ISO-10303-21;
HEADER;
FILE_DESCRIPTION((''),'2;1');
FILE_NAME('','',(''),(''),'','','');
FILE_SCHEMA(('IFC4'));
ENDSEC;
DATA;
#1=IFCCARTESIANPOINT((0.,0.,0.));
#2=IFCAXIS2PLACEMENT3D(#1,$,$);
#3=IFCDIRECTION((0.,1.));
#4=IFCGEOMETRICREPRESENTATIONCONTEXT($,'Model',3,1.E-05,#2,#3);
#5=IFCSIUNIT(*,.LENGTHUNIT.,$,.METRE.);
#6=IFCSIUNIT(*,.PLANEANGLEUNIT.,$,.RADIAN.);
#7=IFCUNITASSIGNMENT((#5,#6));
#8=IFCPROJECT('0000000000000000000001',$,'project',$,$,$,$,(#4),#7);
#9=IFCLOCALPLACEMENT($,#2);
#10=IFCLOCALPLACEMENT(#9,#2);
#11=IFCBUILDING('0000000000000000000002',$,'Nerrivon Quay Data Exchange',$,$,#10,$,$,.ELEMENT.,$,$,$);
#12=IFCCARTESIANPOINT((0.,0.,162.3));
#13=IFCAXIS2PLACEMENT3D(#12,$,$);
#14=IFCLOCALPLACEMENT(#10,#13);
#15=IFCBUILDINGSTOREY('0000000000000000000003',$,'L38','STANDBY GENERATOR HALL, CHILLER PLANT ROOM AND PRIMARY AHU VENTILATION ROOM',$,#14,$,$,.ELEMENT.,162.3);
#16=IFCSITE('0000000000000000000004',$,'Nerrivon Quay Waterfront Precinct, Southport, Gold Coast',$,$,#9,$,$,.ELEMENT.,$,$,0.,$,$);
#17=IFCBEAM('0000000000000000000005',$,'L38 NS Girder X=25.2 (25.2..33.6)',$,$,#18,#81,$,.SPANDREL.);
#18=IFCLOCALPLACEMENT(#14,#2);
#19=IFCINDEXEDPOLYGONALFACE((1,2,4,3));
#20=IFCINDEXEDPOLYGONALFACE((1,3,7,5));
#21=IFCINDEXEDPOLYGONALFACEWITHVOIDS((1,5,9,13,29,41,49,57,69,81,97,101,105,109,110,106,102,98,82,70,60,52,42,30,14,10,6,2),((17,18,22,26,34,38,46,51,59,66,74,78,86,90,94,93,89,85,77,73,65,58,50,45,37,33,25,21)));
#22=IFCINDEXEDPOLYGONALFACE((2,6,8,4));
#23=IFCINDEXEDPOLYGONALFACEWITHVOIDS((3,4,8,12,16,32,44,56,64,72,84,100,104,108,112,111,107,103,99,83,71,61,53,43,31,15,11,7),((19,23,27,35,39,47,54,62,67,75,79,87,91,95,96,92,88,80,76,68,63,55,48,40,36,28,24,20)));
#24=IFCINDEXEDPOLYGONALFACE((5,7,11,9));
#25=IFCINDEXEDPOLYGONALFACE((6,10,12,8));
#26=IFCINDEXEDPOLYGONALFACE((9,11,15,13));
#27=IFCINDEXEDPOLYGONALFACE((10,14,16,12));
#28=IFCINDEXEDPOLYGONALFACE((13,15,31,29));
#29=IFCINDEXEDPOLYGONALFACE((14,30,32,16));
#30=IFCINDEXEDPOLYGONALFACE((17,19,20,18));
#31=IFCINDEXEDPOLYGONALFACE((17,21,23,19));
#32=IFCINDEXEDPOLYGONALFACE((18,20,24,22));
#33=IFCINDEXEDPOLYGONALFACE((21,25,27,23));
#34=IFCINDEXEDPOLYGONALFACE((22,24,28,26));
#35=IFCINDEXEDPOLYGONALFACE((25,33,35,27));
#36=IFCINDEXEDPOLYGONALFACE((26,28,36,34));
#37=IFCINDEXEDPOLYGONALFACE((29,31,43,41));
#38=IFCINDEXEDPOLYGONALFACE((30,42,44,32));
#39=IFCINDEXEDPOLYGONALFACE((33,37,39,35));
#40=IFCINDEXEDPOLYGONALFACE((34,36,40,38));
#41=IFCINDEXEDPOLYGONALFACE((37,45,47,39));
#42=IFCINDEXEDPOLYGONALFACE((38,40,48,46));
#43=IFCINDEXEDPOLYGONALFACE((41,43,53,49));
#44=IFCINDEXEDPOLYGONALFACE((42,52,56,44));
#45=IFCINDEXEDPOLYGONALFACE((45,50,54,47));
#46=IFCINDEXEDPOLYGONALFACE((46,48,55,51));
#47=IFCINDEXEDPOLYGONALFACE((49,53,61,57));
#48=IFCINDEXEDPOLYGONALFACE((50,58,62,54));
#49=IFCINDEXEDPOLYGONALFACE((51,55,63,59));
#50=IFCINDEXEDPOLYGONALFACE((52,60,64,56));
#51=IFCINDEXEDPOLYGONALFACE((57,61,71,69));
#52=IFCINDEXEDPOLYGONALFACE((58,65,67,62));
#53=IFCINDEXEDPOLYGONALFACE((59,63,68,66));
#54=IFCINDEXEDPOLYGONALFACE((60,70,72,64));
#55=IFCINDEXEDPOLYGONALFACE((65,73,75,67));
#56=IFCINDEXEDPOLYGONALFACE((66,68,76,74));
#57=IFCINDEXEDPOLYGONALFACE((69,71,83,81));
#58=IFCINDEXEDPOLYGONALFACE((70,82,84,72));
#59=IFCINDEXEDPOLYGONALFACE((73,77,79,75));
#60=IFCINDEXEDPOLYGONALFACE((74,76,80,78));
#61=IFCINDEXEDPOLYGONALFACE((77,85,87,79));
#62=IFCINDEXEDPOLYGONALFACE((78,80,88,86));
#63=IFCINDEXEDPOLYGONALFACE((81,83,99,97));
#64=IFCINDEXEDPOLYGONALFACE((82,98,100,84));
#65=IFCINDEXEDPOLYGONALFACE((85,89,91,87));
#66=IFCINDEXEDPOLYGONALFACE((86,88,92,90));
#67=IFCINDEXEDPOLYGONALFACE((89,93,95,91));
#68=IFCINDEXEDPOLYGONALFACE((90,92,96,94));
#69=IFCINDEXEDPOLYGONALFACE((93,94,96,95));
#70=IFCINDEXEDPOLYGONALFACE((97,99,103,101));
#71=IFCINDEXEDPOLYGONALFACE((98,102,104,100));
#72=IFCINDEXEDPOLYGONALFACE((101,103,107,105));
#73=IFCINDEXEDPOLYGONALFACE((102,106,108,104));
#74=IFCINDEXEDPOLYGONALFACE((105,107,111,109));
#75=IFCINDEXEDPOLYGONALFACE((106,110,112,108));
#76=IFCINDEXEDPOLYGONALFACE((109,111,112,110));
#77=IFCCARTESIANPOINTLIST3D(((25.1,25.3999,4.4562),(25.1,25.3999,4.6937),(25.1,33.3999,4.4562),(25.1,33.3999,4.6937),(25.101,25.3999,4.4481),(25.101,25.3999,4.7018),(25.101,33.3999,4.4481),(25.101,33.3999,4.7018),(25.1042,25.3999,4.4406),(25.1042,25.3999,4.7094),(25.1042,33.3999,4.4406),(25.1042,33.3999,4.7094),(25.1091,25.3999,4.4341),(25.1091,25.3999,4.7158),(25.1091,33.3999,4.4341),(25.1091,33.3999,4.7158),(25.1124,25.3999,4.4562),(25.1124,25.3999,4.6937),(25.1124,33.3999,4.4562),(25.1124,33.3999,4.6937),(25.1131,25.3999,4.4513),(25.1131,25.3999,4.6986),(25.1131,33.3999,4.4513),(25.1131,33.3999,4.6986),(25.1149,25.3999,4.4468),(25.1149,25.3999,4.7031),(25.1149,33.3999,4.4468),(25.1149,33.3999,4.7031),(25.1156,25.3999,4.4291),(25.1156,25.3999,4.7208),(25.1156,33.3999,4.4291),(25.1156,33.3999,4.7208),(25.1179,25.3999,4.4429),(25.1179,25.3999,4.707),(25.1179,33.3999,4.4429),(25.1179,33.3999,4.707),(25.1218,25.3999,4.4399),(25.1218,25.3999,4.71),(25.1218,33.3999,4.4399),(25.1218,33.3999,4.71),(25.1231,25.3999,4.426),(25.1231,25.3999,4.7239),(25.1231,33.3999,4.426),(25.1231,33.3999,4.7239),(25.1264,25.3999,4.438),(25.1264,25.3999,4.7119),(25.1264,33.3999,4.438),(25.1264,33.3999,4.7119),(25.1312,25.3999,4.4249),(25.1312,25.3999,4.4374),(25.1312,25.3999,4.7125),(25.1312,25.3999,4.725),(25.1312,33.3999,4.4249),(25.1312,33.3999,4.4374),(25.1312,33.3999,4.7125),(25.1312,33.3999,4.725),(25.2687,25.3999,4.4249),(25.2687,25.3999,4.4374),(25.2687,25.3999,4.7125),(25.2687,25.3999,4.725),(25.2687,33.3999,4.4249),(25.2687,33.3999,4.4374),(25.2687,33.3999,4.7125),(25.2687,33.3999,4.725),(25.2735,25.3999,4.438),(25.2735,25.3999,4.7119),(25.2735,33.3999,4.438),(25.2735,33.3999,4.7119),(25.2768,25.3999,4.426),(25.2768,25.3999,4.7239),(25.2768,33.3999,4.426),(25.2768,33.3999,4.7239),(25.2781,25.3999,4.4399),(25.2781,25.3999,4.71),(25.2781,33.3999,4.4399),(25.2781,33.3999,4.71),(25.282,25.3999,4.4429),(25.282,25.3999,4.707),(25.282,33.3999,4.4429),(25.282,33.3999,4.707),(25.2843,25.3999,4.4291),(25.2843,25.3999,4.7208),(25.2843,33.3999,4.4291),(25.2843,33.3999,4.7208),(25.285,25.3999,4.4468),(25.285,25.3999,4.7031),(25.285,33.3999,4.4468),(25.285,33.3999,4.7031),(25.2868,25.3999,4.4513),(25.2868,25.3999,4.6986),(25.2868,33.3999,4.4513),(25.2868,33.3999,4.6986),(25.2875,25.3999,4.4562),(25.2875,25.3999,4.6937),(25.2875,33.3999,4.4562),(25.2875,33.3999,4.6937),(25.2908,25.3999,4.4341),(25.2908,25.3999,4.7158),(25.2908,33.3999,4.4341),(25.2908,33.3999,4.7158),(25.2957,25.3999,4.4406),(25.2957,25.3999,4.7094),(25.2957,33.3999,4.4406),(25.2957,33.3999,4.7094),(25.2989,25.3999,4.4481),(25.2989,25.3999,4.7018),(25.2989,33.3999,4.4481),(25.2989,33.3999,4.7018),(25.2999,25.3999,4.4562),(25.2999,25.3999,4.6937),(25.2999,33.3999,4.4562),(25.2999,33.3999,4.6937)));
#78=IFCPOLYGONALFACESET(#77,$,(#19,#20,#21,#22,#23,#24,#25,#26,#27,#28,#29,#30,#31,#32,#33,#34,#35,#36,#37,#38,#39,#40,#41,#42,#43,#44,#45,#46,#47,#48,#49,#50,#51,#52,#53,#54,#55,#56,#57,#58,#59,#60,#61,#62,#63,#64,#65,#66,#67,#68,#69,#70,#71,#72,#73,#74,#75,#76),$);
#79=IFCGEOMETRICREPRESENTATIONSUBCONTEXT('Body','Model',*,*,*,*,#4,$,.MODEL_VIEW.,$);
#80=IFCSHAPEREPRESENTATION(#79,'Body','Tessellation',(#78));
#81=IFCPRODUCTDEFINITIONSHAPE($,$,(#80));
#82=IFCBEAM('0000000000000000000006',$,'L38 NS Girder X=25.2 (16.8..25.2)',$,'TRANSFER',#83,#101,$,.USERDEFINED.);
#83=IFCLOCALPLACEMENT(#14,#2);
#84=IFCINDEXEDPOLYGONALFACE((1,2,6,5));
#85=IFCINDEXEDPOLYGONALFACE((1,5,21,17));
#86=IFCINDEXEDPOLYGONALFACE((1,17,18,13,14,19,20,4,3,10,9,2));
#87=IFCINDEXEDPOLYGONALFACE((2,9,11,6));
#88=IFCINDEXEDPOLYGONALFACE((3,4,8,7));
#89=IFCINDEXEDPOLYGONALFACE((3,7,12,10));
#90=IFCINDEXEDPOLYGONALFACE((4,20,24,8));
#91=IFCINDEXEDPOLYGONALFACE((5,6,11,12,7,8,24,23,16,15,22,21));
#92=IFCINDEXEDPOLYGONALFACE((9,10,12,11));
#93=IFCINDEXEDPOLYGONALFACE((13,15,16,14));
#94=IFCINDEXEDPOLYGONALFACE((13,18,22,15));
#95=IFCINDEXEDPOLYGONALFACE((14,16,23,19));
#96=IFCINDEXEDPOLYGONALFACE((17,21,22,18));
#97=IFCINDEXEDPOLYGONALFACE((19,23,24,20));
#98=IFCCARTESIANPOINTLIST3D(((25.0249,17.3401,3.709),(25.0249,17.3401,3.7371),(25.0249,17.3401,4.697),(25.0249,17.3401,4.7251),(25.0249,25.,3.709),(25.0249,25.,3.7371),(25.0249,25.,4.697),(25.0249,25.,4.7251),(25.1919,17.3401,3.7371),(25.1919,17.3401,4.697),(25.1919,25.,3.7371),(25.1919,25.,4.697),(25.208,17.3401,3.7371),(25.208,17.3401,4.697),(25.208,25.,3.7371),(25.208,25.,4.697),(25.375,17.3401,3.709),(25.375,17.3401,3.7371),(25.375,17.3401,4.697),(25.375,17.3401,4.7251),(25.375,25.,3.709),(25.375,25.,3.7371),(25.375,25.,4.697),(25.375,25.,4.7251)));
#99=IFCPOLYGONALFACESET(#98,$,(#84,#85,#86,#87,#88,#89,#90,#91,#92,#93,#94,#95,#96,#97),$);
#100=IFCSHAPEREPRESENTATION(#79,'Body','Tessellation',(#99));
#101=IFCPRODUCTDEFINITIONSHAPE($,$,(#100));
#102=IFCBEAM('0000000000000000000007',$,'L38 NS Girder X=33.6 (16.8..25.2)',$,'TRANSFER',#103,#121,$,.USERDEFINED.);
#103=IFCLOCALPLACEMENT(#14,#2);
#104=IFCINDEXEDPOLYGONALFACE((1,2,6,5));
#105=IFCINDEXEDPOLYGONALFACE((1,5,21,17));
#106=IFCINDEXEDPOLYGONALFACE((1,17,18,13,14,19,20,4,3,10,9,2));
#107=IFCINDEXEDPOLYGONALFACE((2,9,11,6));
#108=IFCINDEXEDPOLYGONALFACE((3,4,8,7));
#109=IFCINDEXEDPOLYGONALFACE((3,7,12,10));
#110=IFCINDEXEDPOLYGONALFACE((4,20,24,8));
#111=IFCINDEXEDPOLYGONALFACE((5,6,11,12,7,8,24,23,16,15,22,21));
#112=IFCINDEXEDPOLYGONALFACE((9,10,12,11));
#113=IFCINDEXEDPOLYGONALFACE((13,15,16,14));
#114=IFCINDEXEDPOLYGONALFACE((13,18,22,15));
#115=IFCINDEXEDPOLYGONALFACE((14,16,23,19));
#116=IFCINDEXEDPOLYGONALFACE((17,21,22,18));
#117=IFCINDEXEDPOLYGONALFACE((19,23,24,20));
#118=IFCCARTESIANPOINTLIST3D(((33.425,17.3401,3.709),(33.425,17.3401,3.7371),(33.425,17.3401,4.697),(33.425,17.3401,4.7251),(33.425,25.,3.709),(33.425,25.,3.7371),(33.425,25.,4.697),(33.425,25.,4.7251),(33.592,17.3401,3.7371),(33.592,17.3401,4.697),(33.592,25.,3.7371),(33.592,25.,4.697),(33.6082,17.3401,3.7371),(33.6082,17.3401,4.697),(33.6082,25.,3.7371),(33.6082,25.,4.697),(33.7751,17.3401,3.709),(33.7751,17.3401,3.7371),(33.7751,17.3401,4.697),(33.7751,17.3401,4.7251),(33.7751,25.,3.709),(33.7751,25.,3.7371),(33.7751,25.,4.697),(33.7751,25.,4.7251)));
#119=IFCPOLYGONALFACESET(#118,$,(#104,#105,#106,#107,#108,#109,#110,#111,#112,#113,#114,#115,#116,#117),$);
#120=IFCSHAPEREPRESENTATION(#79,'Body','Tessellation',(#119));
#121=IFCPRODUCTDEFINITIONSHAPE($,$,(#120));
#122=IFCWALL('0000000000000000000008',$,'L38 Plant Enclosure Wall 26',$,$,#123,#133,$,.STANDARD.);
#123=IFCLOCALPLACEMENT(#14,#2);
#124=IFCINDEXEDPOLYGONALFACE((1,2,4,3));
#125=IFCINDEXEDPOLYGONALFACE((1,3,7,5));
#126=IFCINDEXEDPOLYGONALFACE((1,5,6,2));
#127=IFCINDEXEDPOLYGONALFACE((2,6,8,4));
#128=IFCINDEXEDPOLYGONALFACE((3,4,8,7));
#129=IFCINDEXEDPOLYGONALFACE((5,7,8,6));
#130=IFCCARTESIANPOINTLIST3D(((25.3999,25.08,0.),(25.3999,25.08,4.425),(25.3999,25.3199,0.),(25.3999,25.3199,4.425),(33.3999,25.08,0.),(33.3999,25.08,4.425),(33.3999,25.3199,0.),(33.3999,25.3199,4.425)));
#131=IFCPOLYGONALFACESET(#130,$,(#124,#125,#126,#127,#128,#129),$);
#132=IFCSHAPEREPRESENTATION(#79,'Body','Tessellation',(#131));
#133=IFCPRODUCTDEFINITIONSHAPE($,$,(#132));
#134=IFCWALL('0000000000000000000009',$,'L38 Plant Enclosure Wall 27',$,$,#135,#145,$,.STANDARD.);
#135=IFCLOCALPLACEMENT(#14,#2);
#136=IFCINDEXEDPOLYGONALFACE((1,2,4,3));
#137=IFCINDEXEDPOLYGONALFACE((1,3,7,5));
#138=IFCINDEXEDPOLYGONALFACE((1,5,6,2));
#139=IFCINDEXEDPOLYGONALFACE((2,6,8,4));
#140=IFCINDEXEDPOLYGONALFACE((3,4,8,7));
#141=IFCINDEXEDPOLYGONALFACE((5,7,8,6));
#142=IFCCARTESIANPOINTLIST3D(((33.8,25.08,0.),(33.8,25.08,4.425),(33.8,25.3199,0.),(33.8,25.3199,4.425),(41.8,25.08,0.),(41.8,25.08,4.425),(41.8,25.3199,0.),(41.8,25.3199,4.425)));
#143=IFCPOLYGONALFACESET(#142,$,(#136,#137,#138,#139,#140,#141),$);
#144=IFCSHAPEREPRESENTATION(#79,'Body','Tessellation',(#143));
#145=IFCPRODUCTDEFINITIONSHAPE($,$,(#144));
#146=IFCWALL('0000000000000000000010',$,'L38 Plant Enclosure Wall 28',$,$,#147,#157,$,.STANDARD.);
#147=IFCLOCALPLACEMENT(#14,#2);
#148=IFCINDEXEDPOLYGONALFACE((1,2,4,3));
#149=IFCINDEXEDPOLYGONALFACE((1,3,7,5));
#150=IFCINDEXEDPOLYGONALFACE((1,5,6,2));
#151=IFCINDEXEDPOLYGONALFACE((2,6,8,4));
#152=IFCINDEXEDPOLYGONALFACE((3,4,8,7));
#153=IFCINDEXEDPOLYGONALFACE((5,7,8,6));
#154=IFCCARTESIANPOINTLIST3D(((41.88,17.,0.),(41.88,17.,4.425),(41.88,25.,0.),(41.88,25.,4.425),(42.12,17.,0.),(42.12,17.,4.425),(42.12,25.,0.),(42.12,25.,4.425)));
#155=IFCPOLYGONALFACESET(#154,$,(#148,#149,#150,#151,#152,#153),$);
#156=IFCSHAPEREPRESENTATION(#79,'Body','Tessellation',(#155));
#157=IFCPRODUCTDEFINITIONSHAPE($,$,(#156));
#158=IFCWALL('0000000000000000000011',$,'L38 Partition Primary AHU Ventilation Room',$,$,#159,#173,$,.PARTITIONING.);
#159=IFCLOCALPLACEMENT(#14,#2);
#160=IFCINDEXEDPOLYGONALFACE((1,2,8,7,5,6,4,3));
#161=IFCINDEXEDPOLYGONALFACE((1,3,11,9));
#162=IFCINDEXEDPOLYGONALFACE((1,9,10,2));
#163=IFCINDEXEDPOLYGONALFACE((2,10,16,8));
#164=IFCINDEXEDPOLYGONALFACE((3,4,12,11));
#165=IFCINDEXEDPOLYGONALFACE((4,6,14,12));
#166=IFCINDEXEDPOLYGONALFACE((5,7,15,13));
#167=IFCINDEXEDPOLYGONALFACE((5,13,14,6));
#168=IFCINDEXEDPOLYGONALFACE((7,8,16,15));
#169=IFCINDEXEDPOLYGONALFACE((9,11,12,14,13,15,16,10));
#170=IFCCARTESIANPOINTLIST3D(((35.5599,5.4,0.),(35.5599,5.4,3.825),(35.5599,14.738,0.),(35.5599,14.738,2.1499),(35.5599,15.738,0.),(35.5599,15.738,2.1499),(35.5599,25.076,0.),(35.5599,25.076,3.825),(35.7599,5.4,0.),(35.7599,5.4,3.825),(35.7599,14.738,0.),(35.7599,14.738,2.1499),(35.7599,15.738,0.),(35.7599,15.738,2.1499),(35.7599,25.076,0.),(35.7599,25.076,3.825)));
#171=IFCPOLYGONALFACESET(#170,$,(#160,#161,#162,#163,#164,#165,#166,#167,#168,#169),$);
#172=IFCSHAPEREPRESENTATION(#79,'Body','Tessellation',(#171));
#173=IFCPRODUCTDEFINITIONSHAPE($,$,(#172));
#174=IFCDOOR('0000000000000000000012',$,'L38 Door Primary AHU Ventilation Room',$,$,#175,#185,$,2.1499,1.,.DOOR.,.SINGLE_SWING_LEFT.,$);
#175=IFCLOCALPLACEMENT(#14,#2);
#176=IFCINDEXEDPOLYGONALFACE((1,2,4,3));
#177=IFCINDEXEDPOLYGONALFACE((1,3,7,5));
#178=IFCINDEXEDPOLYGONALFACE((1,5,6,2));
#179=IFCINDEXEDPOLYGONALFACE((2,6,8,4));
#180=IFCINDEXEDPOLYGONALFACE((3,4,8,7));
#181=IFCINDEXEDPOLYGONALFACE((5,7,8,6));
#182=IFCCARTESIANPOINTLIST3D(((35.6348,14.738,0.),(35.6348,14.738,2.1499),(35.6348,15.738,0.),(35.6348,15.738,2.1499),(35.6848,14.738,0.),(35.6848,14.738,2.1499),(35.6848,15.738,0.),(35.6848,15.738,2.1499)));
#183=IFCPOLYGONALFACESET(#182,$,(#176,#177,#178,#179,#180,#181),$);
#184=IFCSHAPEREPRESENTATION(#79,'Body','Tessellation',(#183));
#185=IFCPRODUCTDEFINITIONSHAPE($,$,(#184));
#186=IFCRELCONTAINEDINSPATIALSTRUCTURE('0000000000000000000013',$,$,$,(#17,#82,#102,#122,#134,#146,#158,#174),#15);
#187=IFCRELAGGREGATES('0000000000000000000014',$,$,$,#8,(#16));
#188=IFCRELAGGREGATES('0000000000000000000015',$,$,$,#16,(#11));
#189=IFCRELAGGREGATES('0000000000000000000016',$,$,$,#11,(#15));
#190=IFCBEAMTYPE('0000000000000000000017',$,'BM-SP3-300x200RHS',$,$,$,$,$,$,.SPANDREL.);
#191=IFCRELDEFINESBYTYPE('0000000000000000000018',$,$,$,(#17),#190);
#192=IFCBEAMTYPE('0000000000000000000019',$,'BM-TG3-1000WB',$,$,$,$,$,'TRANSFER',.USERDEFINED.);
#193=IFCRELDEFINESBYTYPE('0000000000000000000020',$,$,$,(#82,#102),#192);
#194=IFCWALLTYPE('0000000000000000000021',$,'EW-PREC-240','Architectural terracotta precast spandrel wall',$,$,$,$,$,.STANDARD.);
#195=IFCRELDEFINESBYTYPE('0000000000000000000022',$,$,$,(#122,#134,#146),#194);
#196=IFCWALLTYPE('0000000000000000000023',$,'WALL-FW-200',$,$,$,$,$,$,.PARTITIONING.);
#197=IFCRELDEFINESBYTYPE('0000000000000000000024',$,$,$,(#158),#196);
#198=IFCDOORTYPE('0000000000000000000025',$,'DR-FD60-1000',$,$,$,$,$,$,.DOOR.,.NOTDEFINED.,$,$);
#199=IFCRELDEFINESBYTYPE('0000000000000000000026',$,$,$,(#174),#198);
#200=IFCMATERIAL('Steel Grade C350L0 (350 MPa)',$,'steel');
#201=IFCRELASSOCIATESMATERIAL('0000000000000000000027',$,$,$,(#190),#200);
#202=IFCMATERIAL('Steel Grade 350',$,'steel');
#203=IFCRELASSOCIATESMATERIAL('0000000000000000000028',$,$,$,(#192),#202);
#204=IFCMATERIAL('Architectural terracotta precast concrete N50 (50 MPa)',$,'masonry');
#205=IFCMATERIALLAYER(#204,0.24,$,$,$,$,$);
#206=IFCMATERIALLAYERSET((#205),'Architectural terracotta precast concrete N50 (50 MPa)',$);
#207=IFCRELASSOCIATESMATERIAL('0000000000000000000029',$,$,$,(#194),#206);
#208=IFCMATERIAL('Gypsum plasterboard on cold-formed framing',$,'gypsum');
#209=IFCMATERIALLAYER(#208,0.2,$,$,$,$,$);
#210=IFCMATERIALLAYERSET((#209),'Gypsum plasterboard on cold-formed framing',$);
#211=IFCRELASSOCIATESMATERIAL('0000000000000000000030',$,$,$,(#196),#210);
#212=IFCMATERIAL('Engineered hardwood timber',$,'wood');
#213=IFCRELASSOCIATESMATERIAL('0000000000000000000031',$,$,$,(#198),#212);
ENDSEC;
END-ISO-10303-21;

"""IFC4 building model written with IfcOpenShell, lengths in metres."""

from ifc_helpers import new_model, si_unit, direction, frame, frame_2d, origin, origin_2d, place, context, subcontext, project, spatial, rectangle, hollow_rectangle, i_section, extrude, material, layer, layer_set, material_profile, profile_set, type_object, element, fill, save


model = new_model("IFC4")

# Units and contexts
model_context = context("Model", 3, precision=1e-05, world=origin(), true_north=direction((0.0, 1.0)))
body_context = subcontext(model_context, "Body", "Model", "MODEL_VIEW")
ifc_project = project(units=[si_unit("LENGTHUNIT", "METRE"), si_unit("PLANEANGLEUNIT", "RADIAN")], contexts=[model_context])

# Site, building, storey
site_placement = place(None, origin())
site = spatial("IfcSite", under=ifc_project, at=site_placement, Name="Nerrivon Quay Waterfront Precinct, Southport, Gold Coast", CompositionType="ELEMENT", RefElevation=0.0)
building_placement = place(site_placement, origin())
building = spatial("IfcBuilding", under=site, at=building_placement, Name="Nerrivon Quay Data Exchange", CompositionType="ELEMENT")
storey_placement = place(building_placement, frame((0.0, 0.0, 162.3)))
storey = spatial("IfcBuildingStorey", under=building, at=storey_placement, Name="L38", Description="STANDBY GENERATOR HALL, CHILLER PLANT ROOM AND PRIMARY AHU VENTILATION ROOM", CompositionType="ELEMENT", Elevation=162.3)

# Shared definitions
ifc_material_1 = material(Name="Steel Grade 350", Category="steel")

# Beams
ifc_material_2 = material(Name="Steel Grade C350L0 (350 MPa)", Category="steel")
ifc_material_profile_1 = material_profile(ifc_material_2, hollow_rectangle(XDim=0.2, YDim=0.3, WallThickness=0.0125, InnerFilletRadius=0.0188, OuterFilletRadius=0.0312, at=origin_2d()), Name="300x200x12.5RHS")
ifc_profile_set_1 = profile_set([ifc_material_profile_1], Name="Steel Grade C350L0 (350 MPa)")
beam_type_1 = type_object("IfcBeamType", Name="BM-SP3-300x200RHS", PredefinedType="SPANDREL", material=ifc_profile_set_1)
beam_placement = place(storey_placement, frame((25.2, 25.3999, 4.575), z_axis=(0.0, 1.0, 0.0), x_axis=(-1.0, 0.0, 0.0)))
element("IfcBeam", 1, at=beam_placement, inside=storey, type_object=beam_type_1, Name="L38 NS Girder X=25.2 (25.2..33.6)", PredefinedType="SPANDREL", context=body_context, shape_type="SweptSolid", body=[
    extrude(hollow_rectangle(XDim=0.2, YDim=0.3, WallThickness=0.0125, InnerFilletRadius=0.0188, OuterFilletRadius=0.0312, at=origin_2d()), origin(), (0.0, 0.0, 1.0), 8.0),
])
ifc_material_profile_2 = material_profile(ifc_material_1, i_section(OverallWidth=0.3501, OverallDepth=1.0161, WebThickness=0.0161, FlangeThickness=0.0281, at=origin_2d()), Name="1000WB258")
ifc_profile_set_2 = profile_set([ifc_material_profile_2], Name="Steel Grade 350")
beam_type_2 = type_object("IfcBeamType", Name="BM-TG3-1000WB", ElementType="TRANSFER", PredefinedType="USERDEFINED", material=ifc_profile_set_2)
for number, where, z_axis, x_axis, name in (
    (2, (25.2, 17.3401, 4.217), (0.0, 1.0, 0.0), (-1.0, 0.0, 0.0), "L38 NS Girder X=25.2 (16.8..25.2)"),
    (3, (33.6001, 17.3401, 4.217), (0.0, 1.0, 0.0), (-1.0, 0.0, 0.0), "L38 NS Girder X=33.6 (16.8..25.2)"),
):
    element("IfcBeam", number, at=place(storey_placement, frame(where, z_axis=z_axis, x_axis=x_axis)), inside=storey, type_object=beam_type_2, Name=name, ObjectType="TRANSFER", PredefinedType="USERDEFINED", context=body_context, shape_type="SweptSolid", body=[
        extrude(i_section(OverallWidth=0.3501, OverallDepth=1.0161, WebThickness=0.0161, FlangeThickness=0.0281, at=origin_2d()), origin(), (0.0, 0.0, 1.0), 7.6599),
    ])

# Walls
ifc_material_3 = material(Name="Architectural terracotta precast concrete N50 (50 MPa)", Category="masonry")
ifc_layer_1 = layer(ifc_material_3, 0.24)
ifc_layer_set_1 = layer_set([ifc_layer_1], Name="Architectural terracotta precast concrete N50 (50 MPa)")
wall_type_1 = type_object("IfcWallType", Name="EW-PREC-240", Description="Architectural terracotta precast spandrel wall", PredefinedType="STANDARD", material=ifc_layer_set_1)
for number, where, z_axis, x_axis, name in (
    (4, (25.3999, 25.2, 0.0), (0.0, 0.0, 1.0), (1.0, 0.0, 0.0), "L38 Plant Enclosure Wall 26"),
    (5, (33.8, 25.2, 0.0), (0.0, 0.0, 1.0), (1.0, 0.0, 0.0), "L38 Plant Enclosure Wall 27"),
    (6, (42.0, 25.0, 0.0), (0.0, 0.0, 1.0), (0.0, -1.0, 0.0), "L38 Plant Enclosure Wall 28"),
):
    element("IfcWall", number, at=place(storey_placement, frame(where, z_axis=z_axis, x_axis=x_axis)), inside=storey, type_object=wall_type_1, Name=name, PredefinedType="STANDARD", context=body_context, shape_type="SweptSolid", body=[
        extrude(rectangle(XDim=8.0, YDim=0.24, at=frame_2d((4.0, 0.0))), origin(), (0.0, 0.0, 1.0), 4.425),
    ])

# Wall, opening, door
ifc_material_4 = material(Name="Gypsum plasterboard on cold-formed framing", Category="gypsum")
ifc_layer_2 = layer(ifc_material_4, 0.2)
ifc_layer_set_2 = layer_set([ifc_layer_2], Name="Gypsum plasterboard on cold-formed framing")
wall_type_2 = type_object("IfcWallType", Name="WALL-FW-200", PredefinedType="PARTITIONING", material=ifc_layer_set_2)
wall_1_placement = place(storey_placement, frame((35.6599, 25.0759, 0.0), z_axis=(0.0, 0.0, 1.0), x_axis=(0.0, -1.0, 0.0)))
wall_1 = element("IfcWall", 7, at=wall_1_placement, inside=storey, type_object=wall_type_2, Name="L38 Partition Primary AHU Ventilation Room", PredefinedType="PARTITIONING", context=body_context, shape_type="SweptSolid", body=[
    extrude(rectangle(XDim=19.676, YDim=0.2, at=frame_2d((9.8379, 0.0))), origin(), (0.0, 0.0, 1.0), 3.825),
])
opening_1_placement = place(wall_1_placement, frame((9.3379, 0.0, 0.0)))
opening_1 = element("IfcOpeningElement", 8, at=opening_1_placement, cuts=wall_1, PredefinedType="OPENING", context=body_context, shape_type="SweptSolid", body=[
    extrude(rectangle(XDim=1.0, YDim=2.1499, at=frame_2d((0.5, 1.075))), frame((0.0, 0.1099, 0.0), z_axis=(0.0, -1.0, 0.0), x_axis=(1.0, 0.0, 0.0)), (0.0, 0.0, 1.0), 0.22),
])
ifc_material_5 = material(Name="Engineered hardwood timber", Category="wood")
door_type = type_object("IfcDoorType", Name="DR-FD60-1000", OperationType="NOTDEFINED", PredefinedType="DOOR", material=ifc_material_5)
door_1_placement = place(opening_1_placement, origin())
door_1 = element("IfcDoor", 9, at=door_1_placement, inside=storey, type_object=door_type, Name="L38 Door Primary AHU Ventilation Room", OperationType="SINGLE_SWING_LEFT", OverallHeight=2.1499, OverallWidth=1.0, PredefinedType="DOOR", context=body_context, shape_type="SweptSolid", body=[
    extrude(rectangle(XDim=1.0, YDim=2.1499, at=frame_2d((0.5, 1.075))), frame((0.0, 0.0249, 0.0), z_axis=(0.0, -1.0, 0.0), x_axis=(1.0, 0.0, 0.0)), (0.0, 0.0, 1.0), 0.05),
])
fill(opening_1, door_1)

save(model, "model.ifc")
